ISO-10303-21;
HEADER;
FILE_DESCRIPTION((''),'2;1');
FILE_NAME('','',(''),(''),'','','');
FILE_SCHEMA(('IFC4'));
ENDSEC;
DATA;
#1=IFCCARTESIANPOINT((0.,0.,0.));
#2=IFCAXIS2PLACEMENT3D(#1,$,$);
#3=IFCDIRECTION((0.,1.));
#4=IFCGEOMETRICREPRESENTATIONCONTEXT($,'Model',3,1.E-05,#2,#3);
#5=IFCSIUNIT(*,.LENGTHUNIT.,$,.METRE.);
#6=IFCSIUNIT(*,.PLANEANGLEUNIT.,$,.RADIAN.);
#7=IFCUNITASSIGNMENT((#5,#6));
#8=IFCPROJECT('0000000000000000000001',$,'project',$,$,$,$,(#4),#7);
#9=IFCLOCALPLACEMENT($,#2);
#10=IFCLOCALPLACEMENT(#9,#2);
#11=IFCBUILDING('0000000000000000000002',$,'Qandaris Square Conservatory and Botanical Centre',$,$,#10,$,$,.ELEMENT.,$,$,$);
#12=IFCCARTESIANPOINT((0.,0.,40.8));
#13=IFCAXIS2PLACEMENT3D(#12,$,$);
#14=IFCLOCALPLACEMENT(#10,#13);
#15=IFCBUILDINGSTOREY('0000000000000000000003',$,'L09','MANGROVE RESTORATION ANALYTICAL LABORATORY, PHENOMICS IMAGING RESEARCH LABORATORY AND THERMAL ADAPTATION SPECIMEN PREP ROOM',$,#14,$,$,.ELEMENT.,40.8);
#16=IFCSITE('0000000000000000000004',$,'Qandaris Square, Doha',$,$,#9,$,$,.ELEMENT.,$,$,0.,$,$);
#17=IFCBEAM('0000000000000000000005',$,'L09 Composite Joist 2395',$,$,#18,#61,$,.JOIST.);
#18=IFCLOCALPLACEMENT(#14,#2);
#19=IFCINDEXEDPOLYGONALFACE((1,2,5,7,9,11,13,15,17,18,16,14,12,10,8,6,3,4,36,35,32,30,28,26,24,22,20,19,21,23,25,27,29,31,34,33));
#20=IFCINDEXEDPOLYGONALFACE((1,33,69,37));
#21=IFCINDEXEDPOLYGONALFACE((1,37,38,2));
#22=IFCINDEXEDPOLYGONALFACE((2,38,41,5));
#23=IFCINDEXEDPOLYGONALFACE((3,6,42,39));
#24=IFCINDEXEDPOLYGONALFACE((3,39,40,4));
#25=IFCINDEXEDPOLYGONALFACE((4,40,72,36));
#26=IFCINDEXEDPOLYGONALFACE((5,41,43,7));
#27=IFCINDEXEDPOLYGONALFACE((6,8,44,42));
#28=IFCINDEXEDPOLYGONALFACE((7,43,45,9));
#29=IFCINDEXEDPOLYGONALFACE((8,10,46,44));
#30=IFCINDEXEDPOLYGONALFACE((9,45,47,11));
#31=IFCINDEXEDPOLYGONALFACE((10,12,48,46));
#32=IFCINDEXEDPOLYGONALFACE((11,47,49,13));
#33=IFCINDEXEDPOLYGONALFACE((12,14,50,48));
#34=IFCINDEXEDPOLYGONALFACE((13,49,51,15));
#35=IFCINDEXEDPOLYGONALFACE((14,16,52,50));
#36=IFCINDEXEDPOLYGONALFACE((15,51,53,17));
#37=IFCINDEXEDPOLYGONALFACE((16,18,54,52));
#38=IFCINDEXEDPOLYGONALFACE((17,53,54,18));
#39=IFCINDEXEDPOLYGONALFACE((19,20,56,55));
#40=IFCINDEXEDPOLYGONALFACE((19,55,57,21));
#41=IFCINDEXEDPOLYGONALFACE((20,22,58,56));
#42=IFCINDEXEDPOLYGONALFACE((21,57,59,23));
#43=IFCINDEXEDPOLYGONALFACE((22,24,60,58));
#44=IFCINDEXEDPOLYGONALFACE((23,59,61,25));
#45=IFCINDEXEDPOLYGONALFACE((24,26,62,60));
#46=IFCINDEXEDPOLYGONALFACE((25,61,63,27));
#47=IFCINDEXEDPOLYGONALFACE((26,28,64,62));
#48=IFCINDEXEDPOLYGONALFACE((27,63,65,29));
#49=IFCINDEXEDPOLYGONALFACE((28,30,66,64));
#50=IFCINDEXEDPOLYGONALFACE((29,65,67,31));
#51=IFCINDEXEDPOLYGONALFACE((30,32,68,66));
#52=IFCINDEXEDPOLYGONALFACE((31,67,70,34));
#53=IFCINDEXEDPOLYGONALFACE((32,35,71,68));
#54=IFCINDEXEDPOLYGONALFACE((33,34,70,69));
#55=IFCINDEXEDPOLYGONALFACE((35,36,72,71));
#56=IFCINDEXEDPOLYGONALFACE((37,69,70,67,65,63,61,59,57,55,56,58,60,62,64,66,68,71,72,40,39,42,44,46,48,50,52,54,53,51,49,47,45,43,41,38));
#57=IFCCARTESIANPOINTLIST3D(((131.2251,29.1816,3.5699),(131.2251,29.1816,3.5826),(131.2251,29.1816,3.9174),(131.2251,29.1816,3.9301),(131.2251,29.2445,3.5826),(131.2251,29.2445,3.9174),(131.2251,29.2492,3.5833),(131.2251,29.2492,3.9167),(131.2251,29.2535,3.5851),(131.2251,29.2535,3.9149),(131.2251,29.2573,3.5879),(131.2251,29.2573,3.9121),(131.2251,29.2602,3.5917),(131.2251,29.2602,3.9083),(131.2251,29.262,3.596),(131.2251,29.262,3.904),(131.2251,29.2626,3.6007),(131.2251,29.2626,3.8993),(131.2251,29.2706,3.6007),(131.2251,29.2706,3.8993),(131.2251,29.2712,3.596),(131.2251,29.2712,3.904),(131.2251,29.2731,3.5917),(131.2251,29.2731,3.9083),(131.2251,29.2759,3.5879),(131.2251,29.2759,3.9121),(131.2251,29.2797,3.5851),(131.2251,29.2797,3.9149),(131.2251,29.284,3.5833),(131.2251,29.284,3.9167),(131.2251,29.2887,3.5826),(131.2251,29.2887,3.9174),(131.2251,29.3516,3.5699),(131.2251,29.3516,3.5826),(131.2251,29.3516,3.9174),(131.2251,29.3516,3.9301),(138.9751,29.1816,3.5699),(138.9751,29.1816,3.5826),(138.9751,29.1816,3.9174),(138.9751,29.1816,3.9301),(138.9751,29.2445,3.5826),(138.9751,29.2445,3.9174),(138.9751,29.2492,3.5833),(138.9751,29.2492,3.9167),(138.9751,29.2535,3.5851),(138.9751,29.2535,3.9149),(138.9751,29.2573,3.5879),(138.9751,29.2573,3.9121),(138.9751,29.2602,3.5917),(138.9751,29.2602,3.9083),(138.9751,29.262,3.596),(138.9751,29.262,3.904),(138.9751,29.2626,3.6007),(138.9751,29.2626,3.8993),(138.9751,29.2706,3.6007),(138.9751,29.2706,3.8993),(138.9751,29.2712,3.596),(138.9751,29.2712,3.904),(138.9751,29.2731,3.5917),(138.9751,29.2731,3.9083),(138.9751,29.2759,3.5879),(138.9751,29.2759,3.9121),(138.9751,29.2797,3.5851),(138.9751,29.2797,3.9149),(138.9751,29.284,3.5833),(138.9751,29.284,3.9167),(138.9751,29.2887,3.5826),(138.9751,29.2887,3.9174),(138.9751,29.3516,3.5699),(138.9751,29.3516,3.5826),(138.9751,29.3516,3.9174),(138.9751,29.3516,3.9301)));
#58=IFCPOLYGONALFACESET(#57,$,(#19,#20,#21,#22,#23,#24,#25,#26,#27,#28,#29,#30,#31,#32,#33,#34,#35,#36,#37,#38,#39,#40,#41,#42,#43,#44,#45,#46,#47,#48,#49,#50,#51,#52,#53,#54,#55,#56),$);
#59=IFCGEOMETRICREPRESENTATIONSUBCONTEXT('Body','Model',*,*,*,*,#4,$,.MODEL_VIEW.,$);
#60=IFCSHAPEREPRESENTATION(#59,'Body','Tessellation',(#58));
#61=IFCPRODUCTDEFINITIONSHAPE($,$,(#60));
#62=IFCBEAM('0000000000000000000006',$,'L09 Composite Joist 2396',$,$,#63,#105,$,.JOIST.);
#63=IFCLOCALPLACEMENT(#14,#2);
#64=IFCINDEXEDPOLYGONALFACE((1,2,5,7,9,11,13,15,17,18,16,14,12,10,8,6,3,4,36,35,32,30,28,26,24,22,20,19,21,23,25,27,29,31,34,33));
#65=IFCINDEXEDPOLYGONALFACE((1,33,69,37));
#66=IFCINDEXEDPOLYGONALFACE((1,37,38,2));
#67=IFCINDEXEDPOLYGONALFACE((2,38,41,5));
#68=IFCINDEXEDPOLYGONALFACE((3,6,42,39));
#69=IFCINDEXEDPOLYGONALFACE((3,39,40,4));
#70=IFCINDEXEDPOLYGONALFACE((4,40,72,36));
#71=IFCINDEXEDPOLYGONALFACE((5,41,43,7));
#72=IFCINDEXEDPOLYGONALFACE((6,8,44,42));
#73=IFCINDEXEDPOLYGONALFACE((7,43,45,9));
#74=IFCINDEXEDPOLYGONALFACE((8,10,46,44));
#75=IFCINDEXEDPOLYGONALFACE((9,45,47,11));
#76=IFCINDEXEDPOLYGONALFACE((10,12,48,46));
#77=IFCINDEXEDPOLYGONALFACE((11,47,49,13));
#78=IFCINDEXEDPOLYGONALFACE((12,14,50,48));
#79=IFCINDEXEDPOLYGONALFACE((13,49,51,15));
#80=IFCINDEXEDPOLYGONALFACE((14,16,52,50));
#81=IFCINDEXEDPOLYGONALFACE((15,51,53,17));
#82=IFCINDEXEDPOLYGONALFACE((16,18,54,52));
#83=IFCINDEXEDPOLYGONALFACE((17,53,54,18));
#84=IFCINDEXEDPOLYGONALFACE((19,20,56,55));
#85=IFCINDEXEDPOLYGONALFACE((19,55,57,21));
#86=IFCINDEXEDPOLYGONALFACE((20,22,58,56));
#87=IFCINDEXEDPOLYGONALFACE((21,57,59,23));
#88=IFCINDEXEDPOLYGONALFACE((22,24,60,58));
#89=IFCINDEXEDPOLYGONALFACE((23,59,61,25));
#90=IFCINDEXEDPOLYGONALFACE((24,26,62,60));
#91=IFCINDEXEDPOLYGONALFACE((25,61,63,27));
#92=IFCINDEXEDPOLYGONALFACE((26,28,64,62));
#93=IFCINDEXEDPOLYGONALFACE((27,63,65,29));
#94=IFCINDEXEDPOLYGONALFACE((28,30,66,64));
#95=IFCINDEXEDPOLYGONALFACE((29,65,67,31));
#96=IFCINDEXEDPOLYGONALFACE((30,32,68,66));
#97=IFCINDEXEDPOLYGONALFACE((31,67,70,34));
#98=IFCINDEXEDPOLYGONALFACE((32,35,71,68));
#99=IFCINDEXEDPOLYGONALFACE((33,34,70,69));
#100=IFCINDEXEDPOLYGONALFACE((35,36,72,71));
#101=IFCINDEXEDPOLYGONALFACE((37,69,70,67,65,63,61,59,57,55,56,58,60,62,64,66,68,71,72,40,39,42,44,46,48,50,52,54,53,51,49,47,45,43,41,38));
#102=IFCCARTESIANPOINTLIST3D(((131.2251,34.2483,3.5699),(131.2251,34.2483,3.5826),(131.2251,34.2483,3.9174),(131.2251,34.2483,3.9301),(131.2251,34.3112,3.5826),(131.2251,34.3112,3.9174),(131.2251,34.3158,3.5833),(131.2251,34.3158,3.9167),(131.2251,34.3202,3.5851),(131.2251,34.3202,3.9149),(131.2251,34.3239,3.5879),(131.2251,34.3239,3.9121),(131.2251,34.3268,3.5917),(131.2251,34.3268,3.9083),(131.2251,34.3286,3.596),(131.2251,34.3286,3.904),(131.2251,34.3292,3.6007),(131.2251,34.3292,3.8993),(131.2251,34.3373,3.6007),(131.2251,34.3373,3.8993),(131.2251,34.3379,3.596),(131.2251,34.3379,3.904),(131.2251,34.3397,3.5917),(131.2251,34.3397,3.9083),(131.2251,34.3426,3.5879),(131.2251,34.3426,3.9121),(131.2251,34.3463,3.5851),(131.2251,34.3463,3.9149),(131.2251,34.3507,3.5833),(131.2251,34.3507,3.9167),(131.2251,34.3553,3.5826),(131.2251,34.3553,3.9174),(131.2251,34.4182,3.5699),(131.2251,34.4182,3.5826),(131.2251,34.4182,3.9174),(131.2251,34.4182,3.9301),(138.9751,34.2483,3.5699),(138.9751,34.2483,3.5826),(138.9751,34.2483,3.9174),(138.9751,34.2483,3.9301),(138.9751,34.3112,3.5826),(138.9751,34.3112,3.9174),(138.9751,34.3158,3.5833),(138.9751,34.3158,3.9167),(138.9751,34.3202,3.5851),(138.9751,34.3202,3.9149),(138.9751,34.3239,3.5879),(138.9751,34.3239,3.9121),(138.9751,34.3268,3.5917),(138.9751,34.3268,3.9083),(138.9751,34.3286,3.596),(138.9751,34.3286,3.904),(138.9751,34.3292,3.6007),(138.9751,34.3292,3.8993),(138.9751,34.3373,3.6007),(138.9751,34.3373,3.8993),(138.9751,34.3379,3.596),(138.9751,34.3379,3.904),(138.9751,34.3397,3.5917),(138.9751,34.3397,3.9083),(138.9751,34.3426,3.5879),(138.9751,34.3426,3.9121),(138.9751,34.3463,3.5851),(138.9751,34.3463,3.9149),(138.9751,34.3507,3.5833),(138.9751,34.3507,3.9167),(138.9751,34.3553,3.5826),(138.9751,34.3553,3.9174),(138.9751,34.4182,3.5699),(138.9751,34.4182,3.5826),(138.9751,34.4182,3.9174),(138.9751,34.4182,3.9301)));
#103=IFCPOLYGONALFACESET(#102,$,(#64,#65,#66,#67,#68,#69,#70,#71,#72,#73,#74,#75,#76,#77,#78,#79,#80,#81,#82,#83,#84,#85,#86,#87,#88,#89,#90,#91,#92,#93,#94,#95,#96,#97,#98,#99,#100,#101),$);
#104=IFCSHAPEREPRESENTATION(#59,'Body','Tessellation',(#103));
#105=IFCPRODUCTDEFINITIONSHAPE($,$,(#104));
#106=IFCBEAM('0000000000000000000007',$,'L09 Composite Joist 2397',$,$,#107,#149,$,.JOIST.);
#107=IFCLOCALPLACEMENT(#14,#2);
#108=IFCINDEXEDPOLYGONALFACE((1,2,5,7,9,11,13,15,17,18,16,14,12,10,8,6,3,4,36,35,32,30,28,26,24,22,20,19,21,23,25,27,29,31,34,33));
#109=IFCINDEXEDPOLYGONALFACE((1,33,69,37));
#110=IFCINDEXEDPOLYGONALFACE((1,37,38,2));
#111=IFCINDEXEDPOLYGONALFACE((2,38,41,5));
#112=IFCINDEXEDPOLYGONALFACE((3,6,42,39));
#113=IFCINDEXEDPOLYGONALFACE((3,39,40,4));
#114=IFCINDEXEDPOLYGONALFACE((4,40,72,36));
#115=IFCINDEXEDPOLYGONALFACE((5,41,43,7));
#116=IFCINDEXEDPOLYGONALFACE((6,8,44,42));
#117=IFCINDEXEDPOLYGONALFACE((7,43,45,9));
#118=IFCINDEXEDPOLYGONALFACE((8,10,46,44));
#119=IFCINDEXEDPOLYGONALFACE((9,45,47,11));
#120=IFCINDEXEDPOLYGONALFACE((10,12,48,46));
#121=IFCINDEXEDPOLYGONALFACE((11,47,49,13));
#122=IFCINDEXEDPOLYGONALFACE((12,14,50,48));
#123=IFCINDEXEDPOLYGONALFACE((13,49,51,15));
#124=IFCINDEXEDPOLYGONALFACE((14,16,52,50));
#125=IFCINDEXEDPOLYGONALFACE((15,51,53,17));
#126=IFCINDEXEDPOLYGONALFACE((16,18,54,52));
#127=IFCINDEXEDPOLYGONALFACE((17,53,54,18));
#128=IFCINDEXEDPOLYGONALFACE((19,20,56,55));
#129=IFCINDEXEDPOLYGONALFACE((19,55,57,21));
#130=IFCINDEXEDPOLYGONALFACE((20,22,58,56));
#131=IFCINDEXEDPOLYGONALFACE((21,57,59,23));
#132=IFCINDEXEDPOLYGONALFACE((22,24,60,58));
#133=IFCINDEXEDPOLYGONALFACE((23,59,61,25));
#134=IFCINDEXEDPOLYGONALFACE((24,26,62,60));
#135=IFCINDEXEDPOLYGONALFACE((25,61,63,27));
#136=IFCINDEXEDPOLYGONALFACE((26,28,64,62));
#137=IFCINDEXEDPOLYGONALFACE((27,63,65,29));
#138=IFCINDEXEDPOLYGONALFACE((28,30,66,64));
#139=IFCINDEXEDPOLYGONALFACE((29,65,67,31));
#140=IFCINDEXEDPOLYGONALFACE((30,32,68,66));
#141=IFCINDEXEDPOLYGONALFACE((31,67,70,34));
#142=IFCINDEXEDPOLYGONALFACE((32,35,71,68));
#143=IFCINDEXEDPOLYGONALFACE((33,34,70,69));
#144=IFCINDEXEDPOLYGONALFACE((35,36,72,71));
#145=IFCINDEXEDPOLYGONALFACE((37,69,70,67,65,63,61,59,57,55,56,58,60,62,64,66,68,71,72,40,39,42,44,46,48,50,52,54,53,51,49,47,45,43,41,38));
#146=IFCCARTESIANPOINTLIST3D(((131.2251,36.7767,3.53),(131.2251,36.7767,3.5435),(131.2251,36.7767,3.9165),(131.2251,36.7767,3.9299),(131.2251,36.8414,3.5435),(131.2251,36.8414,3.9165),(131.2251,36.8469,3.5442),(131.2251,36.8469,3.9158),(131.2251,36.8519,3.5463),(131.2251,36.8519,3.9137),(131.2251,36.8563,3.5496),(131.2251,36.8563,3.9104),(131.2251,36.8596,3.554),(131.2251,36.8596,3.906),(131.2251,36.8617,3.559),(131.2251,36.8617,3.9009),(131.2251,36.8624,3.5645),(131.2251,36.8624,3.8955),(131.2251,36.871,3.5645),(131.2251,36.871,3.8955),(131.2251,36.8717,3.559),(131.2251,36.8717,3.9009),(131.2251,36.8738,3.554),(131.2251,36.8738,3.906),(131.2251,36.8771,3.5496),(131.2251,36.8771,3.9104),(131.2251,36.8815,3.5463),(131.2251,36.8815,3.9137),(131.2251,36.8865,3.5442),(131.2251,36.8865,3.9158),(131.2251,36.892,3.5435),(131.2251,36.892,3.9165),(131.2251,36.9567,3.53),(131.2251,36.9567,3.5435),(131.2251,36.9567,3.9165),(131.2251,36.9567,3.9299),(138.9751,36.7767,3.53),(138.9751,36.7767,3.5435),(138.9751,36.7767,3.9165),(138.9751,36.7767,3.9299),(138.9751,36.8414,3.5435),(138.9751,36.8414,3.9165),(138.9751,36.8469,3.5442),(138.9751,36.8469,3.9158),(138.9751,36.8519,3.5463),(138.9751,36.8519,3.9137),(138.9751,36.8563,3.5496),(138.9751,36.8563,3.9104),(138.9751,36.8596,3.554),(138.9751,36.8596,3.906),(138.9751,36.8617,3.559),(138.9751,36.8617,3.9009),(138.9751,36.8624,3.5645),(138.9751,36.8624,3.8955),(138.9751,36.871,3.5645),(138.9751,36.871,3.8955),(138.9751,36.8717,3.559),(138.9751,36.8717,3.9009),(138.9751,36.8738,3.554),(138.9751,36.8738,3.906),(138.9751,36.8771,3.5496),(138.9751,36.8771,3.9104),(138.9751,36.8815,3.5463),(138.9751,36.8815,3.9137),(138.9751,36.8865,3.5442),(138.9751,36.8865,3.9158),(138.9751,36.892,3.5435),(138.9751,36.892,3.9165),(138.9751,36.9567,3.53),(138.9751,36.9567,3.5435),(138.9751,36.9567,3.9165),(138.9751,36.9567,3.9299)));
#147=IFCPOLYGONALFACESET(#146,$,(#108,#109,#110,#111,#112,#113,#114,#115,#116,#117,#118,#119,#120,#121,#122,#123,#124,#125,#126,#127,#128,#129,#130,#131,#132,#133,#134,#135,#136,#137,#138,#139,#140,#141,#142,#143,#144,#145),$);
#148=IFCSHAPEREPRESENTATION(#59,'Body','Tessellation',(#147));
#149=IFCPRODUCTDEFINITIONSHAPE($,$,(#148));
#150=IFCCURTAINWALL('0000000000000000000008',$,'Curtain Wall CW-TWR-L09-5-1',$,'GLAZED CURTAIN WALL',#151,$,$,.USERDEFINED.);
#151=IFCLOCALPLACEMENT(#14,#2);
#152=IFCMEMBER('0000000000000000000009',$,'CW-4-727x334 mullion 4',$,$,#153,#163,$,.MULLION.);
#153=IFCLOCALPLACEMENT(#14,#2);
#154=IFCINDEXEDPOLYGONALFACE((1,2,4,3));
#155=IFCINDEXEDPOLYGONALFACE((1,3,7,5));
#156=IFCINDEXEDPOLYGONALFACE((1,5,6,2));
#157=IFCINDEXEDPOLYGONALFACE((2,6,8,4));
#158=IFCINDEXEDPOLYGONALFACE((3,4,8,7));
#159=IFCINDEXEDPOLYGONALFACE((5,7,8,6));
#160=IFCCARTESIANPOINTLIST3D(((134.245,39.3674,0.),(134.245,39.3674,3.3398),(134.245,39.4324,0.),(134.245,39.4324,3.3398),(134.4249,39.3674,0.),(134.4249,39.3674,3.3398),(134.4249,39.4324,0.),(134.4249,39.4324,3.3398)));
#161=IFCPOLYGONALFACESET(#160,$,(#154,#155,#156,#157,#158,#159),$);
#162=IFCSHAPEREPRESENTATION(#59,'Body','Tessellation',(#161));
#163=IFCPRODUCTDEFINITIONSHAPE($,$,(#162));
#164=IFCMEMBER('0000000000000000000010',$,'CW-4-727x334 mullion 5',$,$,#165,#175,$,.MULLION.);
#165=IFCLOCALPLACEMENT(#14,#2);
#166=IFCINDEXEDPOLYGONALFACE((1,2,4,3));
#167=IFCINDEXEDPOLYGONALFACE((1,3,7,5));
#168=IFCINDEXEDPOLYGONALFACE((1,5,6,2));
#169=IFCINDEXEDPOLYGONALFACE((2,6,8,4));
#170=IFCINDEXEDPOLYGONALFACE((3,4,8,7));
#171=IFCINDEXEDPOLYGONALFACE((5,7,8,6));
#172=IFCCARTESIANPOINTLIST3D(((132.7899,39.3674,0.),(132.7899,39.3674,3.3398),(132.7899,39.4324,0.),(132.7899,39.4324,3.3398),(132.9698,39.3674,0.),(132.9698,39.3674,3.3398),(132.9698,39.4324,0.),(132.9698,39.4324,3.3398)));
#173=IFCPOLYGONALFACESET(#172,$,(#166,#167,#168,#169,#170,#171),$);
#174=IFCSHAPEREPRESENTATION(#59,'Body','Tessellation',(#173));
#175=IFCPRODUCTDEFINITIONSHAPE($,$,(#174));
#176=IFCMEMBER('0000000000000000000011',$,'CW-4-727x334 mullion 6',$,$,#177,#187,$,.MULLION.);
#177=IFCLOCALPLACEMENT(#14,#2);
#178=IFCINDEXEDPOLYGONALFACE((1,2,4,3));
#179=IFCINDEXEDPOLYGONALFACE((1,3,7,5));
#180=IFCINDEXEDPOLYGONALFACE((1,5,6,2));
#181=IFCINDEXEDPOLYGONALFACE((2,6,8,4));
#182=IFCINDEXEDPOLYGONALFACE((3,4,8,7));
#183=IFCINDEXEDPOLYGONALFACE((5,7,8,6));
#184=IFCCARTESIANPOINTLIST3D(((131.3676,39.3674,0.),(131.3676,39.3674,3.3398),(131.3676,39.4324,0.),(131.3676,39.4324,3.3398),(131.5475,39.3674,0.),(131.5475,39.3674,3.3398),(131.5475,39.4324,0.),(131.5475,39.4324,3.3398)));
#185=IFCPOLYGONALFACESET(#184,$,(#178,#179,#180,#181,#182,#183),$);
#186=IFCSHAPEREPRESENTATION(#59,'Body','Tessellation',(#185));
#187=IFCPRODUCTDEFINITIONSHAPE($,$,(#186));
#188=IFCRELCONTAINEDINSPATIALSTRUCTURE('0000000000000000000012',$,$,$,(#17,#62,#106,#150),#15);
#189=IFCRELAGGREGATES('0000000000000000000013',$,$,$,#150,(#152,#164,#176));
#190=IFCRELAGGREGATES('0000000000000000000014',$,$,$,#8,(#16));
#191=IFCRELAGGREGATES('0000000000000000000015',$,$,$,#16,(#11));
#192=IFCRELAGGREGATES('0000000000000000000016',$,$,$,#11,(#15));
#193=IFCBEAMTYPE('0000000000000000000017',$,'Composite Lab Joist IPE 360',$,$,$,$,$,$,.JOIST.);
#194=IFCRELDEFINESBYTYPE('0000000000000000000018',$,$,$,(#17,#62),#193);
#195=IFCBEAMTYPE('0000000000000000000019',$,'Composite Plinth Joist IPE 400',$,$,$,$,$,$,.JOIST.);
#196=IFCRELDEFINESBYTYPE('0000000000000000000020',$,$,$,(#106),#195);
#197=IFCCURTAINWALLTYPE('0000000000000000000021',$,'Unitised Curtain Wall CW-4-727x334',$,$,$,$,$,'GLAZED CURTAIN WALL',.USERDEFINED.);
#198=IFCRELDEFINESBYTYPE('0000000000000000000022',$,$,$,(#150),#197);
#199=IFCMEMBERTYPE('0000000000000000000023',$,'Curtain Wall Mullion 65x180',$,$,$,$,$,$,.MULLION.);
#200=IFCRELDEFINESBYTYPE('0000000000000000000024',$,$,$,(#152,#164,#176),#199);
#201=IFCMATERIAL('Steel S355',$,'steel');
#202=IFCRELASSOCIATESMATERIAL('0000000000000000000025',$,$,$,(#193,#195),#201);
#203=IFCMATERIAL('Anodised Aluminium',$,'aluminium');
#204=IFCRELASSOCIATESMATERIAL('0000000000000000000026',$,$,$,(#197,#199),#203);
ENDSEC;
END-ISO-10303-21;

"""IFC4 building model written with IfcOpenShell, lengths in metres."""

from ifc_helpers import new_model, si_unit, direction, frame, origin, origin_2d, place, context, subcontext, project, spatial, rectangle, i_section, extrude, material, material_profile, profile_set, type_object, element, aggregate, save


model = new_model("IFC4")

# Units and contexts
model_context = context("Model", 3, precision=1e-05, world=origin(), true_north=direction((0.0, 1.0)))
body_context = subcontext(model_context, "Body", "Model", "MODEL_VIEW")
ifc_project = project(units=[si_unit("LENGTHUNIT", "METRE"), si_unit("PLANEANGLEUNIT", "RADIAN")], contexts=[model_context])

# Site, building, storey
site_placement = place(None, origin())
site = spatial("IfcSite", under=ifc_project, at=site_placement, Name="Qandaris Square, Doha", CompositionType="ELEMENT", RefElevation=0.0)
building_placement = place(site_placement, origin())
building = spatial("IfcBuilding", under=site, at=building_placement, Name="Qandaris Square Conservatory and Botanical Centre", CompositionType="ELEMENT")
storey_placement = place(building_placement, frame((0.0, 0.0, 40.8)))
storey = spatial("IfcBuildingStorey", under=building, at=storey_placement, Name="L09", Description="MANGROVE RESTORATION ANALYTICAL LABORATORY, PHENOMICS IMAGING RESEARCH LABORATORY AND THERMAL ADAPTATION SPECIMEN PREP ROOM", CompositionType="ELEMENT", Elevation=40.8)

# Beams
ifc_material_1 = material(Name="Steel S355", Category="steel")
ifc_material_profile_1 = material_profile(ifc_material_1, i_section(OverallWidth=0.1699, OverallDepth=0.3601, WebThickness=0.0081, FlangeThickness=0.0127, FilletRadius=0.0181, at=origin_2d()), Name="IPE 360")
ifc_profile_set_1 = profile_set([ifc_material_profile_1], Name="Steel S355")
beam_type_1 = type_object("IfcBeamType", Name="Composite Lab Joist IPE 360", PredefinedType="JOIST", material=ifc_profile_set_1)
for number, where, z_axis, x_axis, name in (
    (1, (131.2251, 29.2666, 3.75), (1.0, 0.0, 0.0), (0.0, 1.0, 0.0), "L09 Composite Joist 2395"),
    (2, (131.2251, 34.3333, 3.75), (1.0, 0.0, 0.0), (0.0, 1.0, 0.0), "L09 Composite Joist 2396"),
):
    element("IfcBeam", number, at=place(storey_placement, frame(where, z_axis=z_axis, x_axis=x_axis)), inside=storey, type_object=beam_type_1, Name=name, PredefinedType="JOIST", context=body_context, shape_type="SweptSolid", body=[
        extrude(i_section(OverallWidth=0.1699, OverallDepth=0.3601, WebThickness=0.0081, FlangeThickness=0.0127, FilletRadius=0.0181, at=origin_2d()), origin(), (0.0, 0.0, 1.0), 7.75),
    ])
ifc_material_profile_2 = material_profile(ifc_material_1, i_section(OverallWidth=0.1799, OverallDepth=0.3999, WebThickness=0.0085, FlangeThickness=0.0134, FilletRadius=0.021, at=origin_2d()), Name="IPE 400")
ifc_profile_set_2 = profile_set([ifc_material_profile_2], Name="Steel S355")
beam_type_2 = type_object("IfcBeamType", Name="Composite Plinth Joist IPE 400", PredefinedType="JOIST", material=ifc_profile_set_2)
beam_1_placement = place(storey_placement, frame((131.2251, 36.8667, 3.73), z_axis=(1.0, 0.0, 0.0), x_axis=(0.0, 1.0, 0.0)))
element("IfcBeam", 3, at=beam_1_placement, inside=storey, type_object=beam_type_2, Name="L09 Composite Joist 2397", PredefinedType="JOIST", context=body_context, shape_type="SweptSolid", body=[
    extrude(i_section(OverallWidth=0.1799, OverallDepth=0.3999, WebThickness=0.0085, FlangeThickness=0.0134, FilletRadius=0.021, at=origin_2d()), origin(), (0.0, 0.0, 1.0), 7.75),
])

# Curtain wall, members
ifc_material_2 = material(Name="Anodised Aluminium", Category="aluminium")
curtain_wall_type = type_object("IfcCurtainWallType", Name="Unitised Curtain Wall CW-4-727x334", ElementType="GLAZED CURTAIN WALL", PredefinedType="USERDEFINED", material=ifc_material_2)
curtain_wall_placement = place(storey_placement, origin())
curtain_wall = element("IfcCurtainWall", 4, at=curtain_wall_placement, inside=storey, type_object=curtain_wall_type, Name="Curtain Wall CW-TWR-L09-5-1", ObjectType="GLAZED CURTAIN WALL", PredefinedType="USERDEFINED")
ifc_material_profile_3 = material_profile(ifc_material_2, rectangle(XDim=0.0649, YDim=0.1799, at=origin_2d()), Name="ALU-MUL 65x180")
ifc_profile_set_3 = profile_set([ifc_material_profile_3], Name="Anodised Aluminium")
member_type_1 = type_object("IfcMemberType", Name="Curtain Wall Mullion 65x180", PredefinedType="MULLION", material=ifc_profile_set_3)
member_1_placement = place(storey_placement, frame((134.335, 39.3999, 0.0), z_axis=(0.0, 0.0, 1.0), x_axis=(0.0, -1.0, 0.0)))
member_1 = element("IfcMember", 5, at=member_1_placement, type_object=member_type_1, Name="CW-4-727x334 mullion 4", PredefinedType="MULLION", context=body_context, shape_type="SweptSolid", body=[
    extrude(rectangle(XDim=0.0649, YDim=0.1799, at=origin_2d()), origin(), (0.0, 0.0, 1.0), 3.3398),
])
member_2_placement = place(storey_placement, frame((132.8799, 39.3999, 0.0), z_axis=(0.0, 0.0, 1.0), x_axis=(0.0, -1.0, 0.0)))
member_2 = element("IfcMember", 6, at=member_2_placement, type_object=member_type_1, Name="CW-4-727x334 mullion 5", PredefinedType="MULLION", context=body_context, shape_type="SweptSolid", body=[
    extrude(rectangle(XDim=0.0649, YDim=0.1799, at=origin_2d()), origin(), (0.0, 0.0, 1.0), 3.3398),
])
member_3_placement = place(storey_placement, frame((131.4575, 39.3999, 0.0), z_axis=(0.0, 0.0, 1.0), x_axis=(0.0, -1.0, 0.0)))
member_3 = element("IfcMember", 7, at=member_3_placement, type_object=member_type_1, Name="CW-4-727x334 mullion 6", PredefinedType="MULLION", context=body_context, shape_type="SweptSolid", body=[
    extrude(rectangle(XDim=0.0649, YDim=0.1799, at=origin_2d()), origin(), (0.0, 0.0, 1.0), 3.3398),
])

aggregate(curtain_wall, [member_1, member_2, member_3])

save(model, "model.ifc")
